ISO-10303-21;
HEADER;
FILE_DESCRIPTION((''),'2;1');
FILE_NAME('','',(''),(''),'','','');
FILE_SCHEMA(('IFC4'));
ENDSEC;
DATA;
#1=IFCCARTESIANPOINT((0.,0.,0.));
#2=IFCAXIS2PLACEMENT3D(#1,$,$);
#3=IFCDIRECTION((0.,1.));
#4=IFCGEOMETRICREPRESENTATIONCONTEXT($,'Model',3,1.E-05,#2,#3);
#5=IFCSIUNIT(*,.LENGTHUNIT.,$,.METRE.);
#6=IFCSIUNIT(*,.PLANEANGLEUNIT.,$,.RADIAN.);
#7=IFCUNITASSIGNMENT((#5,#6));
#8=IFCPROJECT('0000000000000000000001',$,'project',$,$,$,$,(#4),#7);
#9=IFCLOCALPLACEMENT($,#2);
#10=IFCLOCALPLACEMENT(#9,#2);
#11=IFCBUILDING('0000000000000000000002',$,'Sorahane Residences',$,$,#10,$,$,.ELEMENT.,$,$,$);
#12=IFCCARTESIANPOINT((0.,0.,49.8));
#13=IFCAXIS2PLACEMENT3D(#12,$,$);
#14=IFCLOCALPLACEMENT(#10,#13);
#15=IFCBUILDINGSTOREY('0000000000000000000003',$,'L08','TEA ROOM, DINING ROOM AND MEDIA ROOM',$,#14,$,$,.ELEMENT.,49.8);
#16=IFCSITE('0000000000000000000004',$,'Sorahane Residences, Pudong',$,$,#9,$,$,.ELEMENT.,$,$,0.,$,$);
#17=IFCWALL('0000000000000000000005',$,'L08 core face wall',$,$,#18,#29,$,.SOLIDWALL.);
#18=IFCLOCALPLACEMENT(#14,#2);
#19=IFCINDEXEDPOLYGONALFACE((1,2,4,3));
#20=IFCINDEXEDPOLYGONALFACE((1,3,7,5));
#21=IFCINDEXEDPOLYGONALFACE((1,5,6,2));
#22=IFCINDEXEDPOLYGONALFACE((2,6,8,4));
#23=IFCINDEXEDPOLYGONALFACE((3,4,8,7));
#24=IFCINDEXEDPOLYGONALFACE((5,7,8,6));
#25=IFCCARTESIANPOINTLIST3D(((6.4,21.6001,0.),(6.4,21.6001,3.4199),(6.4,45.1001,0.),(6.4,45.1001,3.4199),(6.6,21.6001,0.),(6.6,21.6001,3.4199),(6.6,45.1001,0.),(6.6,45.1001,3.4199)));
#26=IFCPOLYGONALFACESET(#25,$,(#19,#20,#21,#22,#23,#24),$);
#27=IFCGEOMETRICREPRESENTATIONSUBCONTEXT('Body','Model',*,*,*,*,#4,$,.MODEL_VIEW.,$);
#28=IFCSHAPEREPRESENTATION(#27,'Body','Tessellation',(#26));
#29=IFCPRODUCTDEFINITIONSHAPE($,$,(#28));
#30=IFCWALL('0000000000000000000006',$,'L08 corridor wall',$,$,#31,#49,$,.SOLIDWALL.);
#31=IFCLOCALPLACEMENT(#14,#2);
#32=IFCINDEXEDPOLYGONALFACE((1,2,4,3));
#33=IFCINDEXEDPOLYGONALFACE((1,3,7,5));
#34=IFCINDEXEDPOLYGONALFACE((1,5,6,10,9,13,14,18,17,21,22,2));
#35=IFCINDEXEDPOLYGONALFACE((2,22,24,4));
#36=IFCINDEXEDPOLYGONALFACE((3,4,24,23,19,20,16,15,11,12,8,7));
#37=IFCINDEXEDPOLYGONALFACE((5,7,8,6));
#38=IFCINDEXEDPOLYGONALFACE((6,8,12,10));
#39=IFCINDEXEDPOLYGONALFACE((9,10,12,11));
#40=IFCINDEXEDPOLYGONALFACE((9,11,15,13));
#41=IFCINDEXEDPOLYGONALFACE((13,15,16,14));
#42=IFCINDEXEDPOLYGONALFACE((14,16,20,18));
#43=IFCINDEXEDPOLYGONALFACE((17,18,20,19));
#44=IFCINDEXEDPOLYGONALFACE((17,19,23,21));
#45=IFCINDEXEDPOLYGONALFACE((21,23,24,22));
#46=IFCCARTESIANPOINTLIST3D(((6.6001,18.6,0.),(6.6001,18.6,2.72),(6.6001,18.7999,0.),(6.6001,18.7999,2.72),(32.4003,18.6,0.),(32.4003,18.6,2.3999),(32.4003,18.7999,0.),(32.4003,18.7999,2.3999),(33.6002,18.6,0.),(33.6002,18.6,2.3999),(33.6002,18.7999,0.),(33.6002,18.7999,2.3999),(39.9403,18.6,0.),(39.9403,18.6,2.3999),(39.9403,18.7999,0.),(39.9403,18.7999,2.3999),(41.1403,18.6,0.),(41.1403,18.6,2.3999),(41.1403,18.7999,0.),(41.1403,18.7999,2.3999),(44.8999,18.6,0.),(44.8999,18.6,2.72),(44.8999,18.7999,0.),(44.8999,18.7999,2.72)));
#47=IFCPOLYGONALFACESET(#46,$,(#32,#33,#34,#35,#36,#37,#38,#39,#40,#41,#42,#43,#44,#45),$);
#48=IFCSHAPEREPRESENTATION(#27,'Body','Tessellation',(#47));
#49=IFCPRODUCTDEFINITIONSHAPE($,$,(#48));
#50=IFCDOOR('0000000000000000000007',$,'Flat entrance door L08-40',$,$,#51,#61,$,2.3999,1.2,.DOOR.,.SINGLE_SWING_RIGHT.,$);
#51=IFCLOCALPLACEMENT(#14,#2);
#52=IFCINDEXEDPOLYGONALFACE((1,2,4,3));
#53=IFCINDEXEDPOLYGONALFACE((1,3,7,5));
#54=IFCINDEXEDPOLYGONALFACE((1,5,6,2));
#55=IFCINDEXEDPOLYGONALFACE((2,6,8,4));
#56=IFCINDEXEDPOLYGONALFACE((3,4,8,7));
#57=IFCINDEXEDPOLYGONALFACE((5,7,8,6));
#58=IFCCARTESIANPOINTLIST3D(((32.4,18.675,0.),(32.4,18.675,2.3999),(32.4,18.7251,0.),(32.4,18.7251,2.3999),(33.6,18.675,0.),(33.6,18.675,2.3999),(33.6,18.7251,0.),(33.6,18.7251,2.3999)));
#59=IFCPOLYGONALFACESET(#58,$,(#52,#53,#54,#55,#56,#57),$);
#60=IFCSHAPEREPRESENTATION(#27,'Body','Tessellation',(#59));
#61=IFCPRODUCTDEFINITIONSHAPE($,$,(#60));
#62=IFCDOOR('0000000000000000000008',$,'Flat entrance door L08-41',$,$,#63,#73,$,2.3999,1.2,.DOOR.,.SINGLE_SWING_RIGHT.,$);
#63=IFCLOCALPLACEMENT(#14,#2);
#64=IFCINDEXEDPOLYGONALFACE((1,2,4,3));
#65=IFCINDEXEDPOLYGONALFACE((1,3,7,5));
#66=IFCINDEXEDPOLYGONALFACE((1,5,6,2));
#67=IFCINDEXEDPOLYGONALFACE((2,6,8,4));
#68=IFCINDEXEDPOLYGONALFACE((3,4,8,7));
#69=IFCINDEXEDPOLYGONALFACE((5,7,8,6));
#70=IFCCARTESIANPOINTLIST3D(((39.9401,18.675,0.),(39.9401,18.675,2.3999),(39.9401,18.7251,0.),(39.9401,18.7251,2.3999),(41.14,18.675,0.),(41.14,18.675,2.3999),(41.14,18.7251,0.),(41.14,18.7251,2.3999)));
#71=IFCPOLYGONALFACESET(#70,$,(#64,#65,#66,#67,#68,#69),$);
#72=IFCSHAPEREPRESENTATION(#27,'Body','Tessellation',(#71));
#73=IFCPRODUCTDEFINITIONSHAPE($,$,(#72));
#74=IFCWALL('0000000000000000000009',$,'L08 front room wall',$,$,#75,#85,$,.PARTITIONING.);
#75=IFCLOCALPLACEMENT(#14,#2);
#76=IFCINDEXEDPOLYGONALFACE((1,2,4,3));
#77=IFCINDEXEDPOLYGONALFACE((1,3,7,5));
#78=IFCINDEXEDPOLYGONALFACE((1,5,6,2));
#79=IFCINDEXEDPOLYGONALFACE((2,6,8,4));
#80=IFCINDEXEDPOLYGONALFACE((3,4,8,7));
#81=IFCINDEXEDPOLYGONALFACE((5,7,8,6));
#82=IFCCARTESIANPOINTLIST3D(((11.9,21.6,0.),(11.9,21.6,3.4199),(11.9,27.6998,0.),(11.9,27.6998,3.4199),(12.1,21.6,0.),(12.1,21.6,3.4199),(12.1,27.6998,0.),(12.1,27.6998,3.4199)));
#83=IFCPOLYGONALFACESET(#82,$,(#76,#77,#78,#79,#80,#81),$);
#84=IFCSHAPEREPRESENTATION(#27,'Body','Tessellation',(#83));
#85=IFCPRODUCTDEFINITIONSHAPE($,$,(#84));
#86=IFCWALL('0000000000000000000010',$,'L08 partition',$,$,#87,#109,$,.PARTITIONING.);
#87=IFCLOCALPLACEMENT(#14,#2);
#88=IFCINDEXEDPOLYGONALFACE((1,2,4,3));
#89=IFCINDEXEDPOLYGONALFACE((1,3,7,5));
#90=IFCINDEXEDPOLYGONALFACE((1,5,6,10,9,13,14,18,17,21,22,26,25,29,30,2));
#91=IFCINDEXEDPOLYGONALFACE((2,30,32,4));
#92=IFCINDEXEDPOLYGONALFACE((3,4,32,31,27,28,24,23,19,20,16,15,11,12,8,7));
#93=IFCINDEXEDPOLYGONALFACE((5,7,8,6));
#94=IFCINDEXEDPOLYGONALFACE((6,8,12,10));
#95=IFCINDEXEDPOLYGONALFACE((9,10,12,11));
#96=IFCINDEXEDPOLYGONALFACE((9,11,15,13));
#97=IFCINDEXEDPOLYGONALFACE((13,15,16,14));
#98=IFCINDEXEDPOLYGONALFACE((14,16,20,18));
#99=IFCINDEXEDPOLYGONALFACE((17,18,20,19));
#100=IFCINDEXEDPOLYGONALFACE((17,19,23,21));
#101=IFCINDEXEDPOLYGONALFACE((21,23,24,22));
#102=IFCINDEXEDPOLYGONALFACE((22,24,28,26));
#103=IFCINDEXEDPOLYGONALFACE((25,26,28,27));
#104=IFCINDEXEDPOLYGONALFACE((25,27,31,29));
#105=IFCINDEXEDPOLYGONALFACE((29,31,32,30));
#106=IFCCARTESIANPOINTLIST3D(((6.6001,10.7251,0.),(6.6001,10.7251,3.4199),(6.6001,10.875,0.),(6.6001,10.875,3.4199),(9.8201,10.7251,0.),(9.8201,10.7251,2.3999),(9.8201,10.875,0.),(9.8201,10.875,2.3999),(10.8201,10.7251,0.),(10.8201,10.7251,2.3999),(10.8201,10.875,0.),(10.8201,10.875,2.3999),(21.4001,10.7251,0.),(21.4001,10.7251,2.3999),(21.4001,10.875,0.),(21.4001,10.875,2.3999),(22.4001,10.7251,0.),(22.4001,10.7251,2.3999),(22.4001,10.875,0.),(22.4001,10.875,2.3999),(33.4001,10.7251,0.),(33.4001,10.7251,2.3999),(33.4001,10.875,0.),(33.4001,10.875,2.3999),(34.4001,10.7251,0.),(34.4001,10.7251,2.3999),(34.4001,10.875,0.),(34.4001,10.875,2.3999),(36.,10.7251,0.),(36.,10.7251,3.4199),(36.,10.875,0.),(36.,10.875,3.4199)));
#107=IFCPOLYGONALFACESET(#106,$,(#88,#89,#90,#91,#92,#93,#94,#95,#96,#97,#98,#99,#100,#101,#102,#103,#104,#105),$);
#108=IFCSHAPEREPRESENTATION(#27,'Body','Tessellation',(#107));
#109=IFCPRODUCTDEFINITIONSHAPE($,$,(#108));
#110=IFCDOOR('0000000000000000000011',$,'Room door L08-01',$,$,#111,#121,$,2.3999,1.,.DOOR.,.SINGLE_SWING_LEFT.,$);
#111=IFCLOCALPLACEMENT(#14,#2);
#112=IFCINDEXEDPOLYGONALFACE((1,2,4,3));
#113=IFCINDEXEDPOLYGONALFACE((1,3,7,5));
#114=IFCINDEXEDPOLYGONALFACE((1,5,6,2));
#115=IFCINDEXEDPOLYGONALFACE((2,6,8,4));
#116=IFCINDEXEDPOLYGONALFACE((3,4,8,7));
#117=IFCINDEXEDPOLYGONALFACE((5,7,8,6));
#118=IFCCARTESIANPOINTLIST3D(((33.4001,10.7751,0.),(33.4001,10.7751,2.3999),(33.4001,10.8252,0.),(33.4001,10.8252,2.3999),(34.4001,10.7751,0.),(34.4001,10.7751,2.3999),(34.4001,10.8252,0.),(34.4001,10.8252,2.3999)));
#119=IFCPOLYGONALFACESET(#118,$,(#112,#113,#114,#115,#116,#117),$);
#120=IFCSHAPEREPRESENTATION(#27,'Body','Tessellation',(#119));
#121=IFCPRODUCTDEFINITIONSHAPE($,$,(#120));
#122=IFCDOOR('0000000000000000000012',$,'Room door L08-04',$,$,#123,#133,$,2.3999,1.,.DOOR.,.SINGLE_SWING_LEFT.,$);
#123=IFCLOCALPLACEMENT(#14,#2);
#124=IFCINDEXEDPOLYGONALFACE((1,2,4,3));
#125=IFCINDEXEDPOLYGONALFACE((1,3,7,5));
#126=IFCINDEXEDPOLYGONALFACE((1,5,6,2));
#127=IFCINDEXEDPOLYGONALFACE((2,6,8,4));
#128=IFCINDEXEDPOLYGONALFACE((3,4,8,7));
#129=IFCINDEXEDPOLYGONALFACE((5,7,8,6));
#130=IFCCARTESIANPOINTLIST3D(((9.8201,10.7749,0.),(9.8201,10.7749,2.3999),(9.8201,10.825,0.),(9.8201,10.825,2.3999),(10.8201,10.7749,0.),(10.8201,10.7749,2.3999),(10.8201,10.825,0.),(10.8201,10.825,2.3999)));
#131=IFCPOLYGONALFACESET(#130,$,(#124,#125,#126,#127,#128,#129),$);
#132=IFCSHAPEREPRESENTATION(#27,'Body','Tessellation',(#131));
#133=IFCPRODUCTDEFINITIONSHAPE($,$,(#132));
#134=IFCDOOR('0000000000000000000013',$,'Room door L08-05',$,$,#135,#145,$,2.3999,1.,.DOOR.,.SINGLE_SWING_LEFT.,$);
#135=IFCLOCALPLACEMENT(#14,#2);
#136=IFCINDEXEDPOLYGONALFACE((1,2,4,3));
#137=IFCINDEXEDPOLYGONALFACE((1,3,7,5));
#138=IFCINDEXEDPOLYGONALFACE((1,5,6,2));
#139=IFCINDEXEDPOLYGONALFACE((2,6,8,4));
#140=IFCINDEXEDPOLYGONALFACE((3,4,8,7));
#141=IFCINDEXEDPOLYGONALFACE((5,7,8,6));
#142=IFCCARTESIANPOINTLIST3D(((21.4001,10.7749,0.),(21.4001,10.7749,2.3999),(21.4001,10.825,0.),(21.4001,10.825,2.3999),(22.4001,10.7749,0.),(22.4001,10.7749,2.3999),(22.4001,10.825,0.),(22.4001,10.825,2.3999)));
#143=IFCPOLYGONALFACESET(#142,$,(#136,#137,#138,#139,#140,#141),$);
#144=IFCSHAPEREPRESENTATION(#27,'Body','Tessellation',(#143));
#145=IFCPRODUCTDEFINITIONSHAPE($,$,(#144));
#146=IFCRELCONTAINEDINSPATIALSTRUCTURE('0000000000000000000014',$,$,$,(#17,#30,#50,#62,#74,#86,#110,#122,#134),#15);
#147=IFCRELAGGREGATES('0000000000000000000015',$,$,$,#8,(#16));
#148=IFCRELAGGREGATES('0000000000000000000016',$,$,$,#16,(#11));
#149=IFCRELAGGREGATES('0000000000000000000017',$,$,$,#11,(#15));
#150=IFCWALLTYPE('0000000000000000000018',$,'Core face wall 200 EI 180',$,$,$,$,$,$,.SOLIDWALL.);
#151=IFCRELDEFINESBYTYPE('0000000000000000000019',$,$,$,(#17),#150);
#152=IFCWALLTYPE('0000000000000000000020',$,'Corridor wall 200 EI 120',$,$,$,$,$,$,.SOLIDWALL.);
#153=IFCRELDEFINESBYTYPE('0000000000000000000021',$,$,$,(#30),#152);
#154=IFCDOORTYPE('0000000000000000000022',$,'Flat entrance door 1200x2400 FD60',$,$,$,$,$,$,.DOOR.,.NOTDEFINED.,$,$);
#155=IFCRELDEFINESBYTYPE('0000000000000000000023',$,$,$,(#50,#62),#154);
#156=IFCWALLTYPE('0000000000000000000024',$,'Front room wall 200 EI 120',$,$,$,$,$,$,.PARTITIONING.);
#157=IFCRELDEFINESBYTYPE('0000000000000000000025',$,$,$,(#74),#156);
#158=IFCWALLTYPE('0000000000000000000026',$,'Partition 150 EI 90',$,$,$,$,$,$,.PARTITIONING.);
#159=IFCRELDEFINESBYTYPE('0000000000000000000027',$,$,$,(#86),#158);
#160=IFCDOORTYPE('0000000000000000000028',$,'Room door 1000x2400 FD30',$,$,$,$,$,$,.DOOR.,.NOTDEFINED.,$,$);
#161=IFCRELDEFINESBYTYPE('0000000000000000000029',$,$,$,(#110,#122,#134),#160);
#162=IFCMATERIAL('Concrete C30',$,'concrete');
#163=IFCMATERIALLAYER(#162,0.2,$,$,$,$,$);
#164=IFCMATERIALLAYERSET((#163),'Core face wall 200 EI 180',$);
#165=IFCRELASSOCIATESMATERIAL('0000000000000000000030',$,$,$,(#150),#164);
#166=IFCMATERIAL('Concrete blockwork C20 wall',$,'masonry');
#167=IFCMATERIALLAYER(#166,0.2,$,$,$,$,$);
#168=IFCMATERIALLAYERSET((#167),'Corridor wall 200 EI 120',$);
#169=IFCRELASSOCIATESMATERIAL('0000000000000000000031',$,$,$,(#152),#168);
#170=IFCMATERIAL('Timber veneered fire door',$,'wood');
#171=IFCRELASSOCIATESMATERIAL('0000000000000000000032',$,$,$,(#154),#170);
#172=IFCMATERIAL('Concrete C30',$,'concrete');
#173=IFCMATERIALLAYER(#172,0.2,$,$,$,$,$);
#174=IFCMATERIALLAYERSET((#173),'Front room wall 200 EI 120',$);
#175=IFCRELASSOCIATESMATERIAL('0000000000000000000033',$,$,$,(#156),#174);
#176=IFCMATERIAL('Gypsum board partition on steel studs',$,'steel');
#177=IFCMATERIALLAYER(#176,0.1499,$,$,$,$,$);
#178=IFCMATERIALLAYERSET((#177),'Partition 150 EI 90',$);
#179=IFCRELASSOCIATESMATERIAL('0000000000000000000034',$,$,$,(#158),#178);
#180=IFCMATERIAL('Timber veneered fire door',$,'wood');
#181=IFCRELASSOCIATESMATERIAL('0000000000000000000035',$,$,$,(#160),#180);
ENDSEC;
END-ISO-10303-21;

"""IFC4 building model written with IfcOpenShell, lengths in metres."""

from ifc_helpers import new_model, si_unit, direction, frame, frame_2d, origin, place, context, subcontext, project, spatial, rectangle, extrude, material, layer, layer_set, type_object, element, fill, save


model = new_model("IFC4")

# Units and contexts
model_context = context("Model", 3, precision=1e-05, world=origin(), true_north=direction((0.0, 1.0)))
body_context = subcontext(model_context, "Body", "Model", "MODEL_VIEW")
ifc_project = project(units=[si_unit("LENGTHUNIT", "METRE"), si_unit("PLANEANGLEUNIT", "RADIAN")], contexts=[model_context])

# Site, building, storey
site_placement = place(None, origin())
site = spatial("IfcSite", under=ifc_project, at=site_placement, Name="Sorahane Residences, Pudong", CompositionType="ELEMENT", RefElevation=0.0)
building_placement = place(site_placement, origin())
building = spatial("IfcBuilding", under=site, at=building_placement, Name="Sorahane Residences", CompositionType="ELEMENT")
storey_placement = place(building_placement, frame((0.0, 0.0, 49.8)))
storey = spatial("IfcBuildingStorey", under=building, at=storey_placement, Name="L08", Description="TEA ROOM, DINING ROOM AND MEDIA ROOM", CompositionType="ELEMENT", Elevation=49.8)

# Wall
ifc_material_1 = material(Name="Concrete C30", Category="concrete")
ifc_layer_1 = layer(ifc_material_1, 0.2)
ifc_layer_set_1 = layer_set([ifc_layer_1], Name="Core face wall 200 EI 180")
wall_type_1 = type_object("IfcWallType", Name="Core face wall 200 EI 180", PredefinedType="SOLIDWALL", material=ifc_layer_set_1)
wall_1_placement = place(storey_placement, frame((6.5, 21.6001, 0.0), z_axis=(0.0, 0.0, 1.0), x_axis=(0.0, 1.0, 0.0)))
element("IfcWall", 1, at=wall_1_placement, inside=storey, type_object=wall_type_1, Name="L08 core face wall", PredefinedType="SOLIDWALL", context=body_context, shape_type="SweptSolid", body=[
    extrude(rectangle(XDim=23.5, YDim=0.2, at=frame_2d((11.75, 0.0))), origin(), (0.0, 0.0, 1.0), 3.4199),
])

# Wall, openings, doors
ifc_material_2 = material(Name="Concrete blockwork C20 wall", Category="masonry")
ifc_layer_2 = layer(ifc_material_2, 0.2)
ifc_layer_set_2 = layer_set([ifc_layer_2], Name="Corridor wall 200 EI 120")
wall_type_2 = type_object("IfcWallType", Name="Corridor wall 200 EI 120", PredefinedType="SOLIDWALL", material=ifc_layer_set_2)
wall_2_placement = place(storey_placement, frame((6.6001, 18.7, 0.0), z_axis=(0.0, 0.0, 1.0), x_axis=(1.0, 0.0, 0.0)))
wall_2 = element("IfcWall", 2, at=wall_2_placement, inside=storey, type_object=wall_type_2, Name="L08 corridor wall", PredefinedType="SOLIDWALL", context=body_context, shape_type="SweptSolid", body=[
    extrude(rectangle(XDim=38.2998, YDim=0.2, at=frame_2d((19.1499, 0.0))), origin(), (0.0, 0.0, 1.0), 2.72),
])
opening_1_placement = place(wall_2_placement, frame((25.8, 0.0, 0.0)))
opening_1 = element("IfcOpeningElement", 3, at=opening_1_placement, cuts=wall_2, PredefinedType="OPENING", context=body_context, shape_type="SweptSolid", body=[
    extrude(rectangle(XDim=1.2, YDim=2.3999, at=frame_2d((0.6001, 1.2))), frame((0.0, 0.1099, 0.0), z_axis=(0.0, -1.0, 0.0), x_axis=(1.0, 0.0, 0.0)), (0.0, 0.0, 1.0), 0.22),
])
opening_2_placement = place(wall_2_placement, frame((33.3401, 0.0, 0.0)))
opening_2 = element("IfcOpeningElement", 4, at=opening_2_placement, cuts=wall_2, PredefinedType="OPENING", context=body_context, shape_type="SweptSolid", body=[
    extrude(rectangle(XDim=1.2, YDim=2.3999, at=frame_2d((0.6001, 1.2))), frame((0.0, 0.1099, 0.0), z_axis=(0.0, -1.0, 0.0), x_axis=(1.0, 0.0, 0.0)), (0.0, 0.0, 1.0), 0.22),
])
ifc_material_3 = material(Name="Timber veneered fire door", Category="wood")
door_type_1 = type_object("IfcDoorType", Name="Flat entrance door 1200x2400 FD60", OperationType="NOTDEFINED", PredefinedType="DOOR", material=ifc_material_3)
door_1_placement = place(opening_1_placement, frame((1.2, 0.0, 0.0), z_axis=(0.0, 0.0, 1.0), x_axis=(-1.0, 0.0, 0.0)))
door_1 = element("IfcDoor", 5, at=door_1_placement, inside=storey, type_object=door_type_1, Name="Flat entrance door L08-40", OperationType="SINGLE_SWING_RIGHT", OverallHeight=2.3999, OverallWidth=1.2, PredefinedType="DOOR", context=body_context, shape_type="SweptSolid", body=[
    extrude(rectangle(XDim=1.2, YDim=2.3999, at=frame_2d((0.6001, 1.2))), frame((0.0, 0.0249, 0.0), z_axis=(0.0, -1.0, 0.0), x_axis=(1.0, 0.0, 0.0)), (0.0, 0.0, 1.0), 0.05),
])
fill(opening_1, door_1)
door_2_placement = place(opening_2_placement, frame((1.2, 0.0, 0.0), z_axis=(0.0, 0.0, 1.0), x_axis=(-1.0, 0.0, 0.0)))
door_2 = element("IfcDoor", 6, at=door_2_placement, inside=storey, type_object=door_type_1, Name="Flat entrance door L08-41", OperationType="SINGLE_SWING_RIGHT", OverallHeight=2.3999, OverallWidth=1.2, PredefinedType="DOOR", context=body_context, shape_type="SweptSolid", body=[
    extrude(rectangle(XDim=1.2, YDim=2.3999, at=frame_2d((0.6001, 1.2))), frame((0.0, 0.0249, 0.0), z_axis=(0.0, -1.0, 0.0), x_axis=(1.0, 0.0, 0.0)), (0.0, 0.0, 1.0), 0.05),
])
fill(opening_2, door_2)

# Wall
ifc_material_4 = material(Name="Concrete C30", Category="concrete")
ifc_layer_3 = layer(ifc_material_4, 0.2)
ifc_layer_set_3 = layer_set([ifc_layer_3], Name="Front room wall 200 EI 120")
wall_type_3 = type_object("IfcWallType", Name="Front room wall 200 EI 120", PredefinedType="PARTITIONING", material=ifc_layer_set_3)
wall_3_placement = place(storey_placement, frame((12.0, 21.6001, 0.0), z_axis=(0.0, 0.0, 1.0), x_axis=(0.0, 1.0, 0.0)))
element("IfcWall", 7, at=wall_3_placement, inside=storey, type_object=wall_type_3, Name="L08 front room wall", PredefinedType="PARTITIONING", context=body_context, shape_type="SweptSolid", body=[
    extrude(rectangle(XDim=6.0999, YDim=0.2, at=frame_2d((3.0498, 0.0))), origin(), (0.0, 0.0, 1.0), 3.4199),
])

# Wall, openings, doors
ifc_material_5 = material(Name="Gypsum board partition on steel studs", Category="steel")
ifc_layer_4 = layer(ifc_material_5, 0.1499)
ifc_layer_set_4 = layer_set([ifc_layer_4], Name="Partition 150 EI 90")
wall_type_4 = type_object("IfcWallType", Name="Partition 150 EI 90", PredefinedType="PARTITIONING", material=ifc_layer_set_4)
wall_4_placement = place(storey_placement, frame((6.6001, 10.8, 0.0), z_axis=(0.0, 0.0, 1.0), x_axis=(1.0, 0.0, 0.0)))
wall_4 = element("IfcWall", 8, at=wall_4_placement, inside=storey, type_object=wall_type_4, Name="L08 partition", PredefinedType="PARTITIONING", context=body_context, shape_type="SweptSolid", body=[
    extrude(rectangle(XDim=29.3999, YDim=0.1499, at=frame_2d((14.7, 0.0))), origin(), (0.0, 0.0, 1.0), 3.4199),
])
opening_3_placement = place(wall_4_placement, frame((26.8, 0.0, 0.0)))
opening_3 = element("IfcOpeningElement", 9, at=opening_3_placement, cuts=wall_4, PredefinedType="OPENING", context=body_context, shape_type="SweptSolid", body=[
    extrude(rectangle(XDim=1.0, YDim=2.3999, at=frame_2d((0.5, 1.2))), frame((0.0, 0.085, 0.0), z_axis=(0.0, -1.0, 0.0), x_axis=(1.0, 0.0, 0.0)), (0.0, 0.0, 1.0), 0.1699),
])
opening_4_placement = place(wall_4_placement, frame((3.22, 0.0, 0.0)))
opening_4 = element("IfcOpeningElement", 10, at=opening_4_placement, cuts=wall_4, PredefinedType="OPENING", context=body_context, shape_type="SweptSolid", body=[
    extrude(rectangle(XDim=1.0, YDim=2.3999, at=frame_2d((0.5, 1.2))), frame((0.0, 0.085, 0.0), z_axis=(0.0, -1.0, 0.0), x_axis=(1.0, 0.0, 0.0)), (0.0, 0.0, 1.0), 0.1699),
])
opening_5_placement = place(wall_4_placement, frame((14.8, 0.0, 0.0)))
opening_5 = element("IfcOpeningElement", 11, at=opening_5_placement, cuts=wall_4, PredefinedType="OPENING", context=body_context, shape_type="SweptSolid", body=[
    extrude(rectangle(XDim=1.0, YDim=2.3999, at=frame_2d((0.5, 1.2))), frame((0.0, 0.085, 0.0), z_axis=(0.0, -1.0, 0.0), x_axis=(1.0, 0.0, 0.0)), (0.0, 0.0, 1.0), 0.1699),
])
ifc_material_6 = material(Name="Timber veneered fire door", Category="wood")
door_type_2 = type_object("IfcDoorType", Name="Room door 1000x2400 FD30", OperationType="NOTDEFINED", PredefinedType="DOOR", material=ifc_material_6)
door_3_placement = place(opening_3_placement, frame((1.0, 0.0, 0.0), z_axis=(0.0, 0.0, 1.0), x_axis=(-1.0, 0.0, 0.0)))
door_3 = element("IfcDoor", 12, at=door_3_placement, inside=storey, type_object=door_type_2, Name="Room door L08-01", OperationType="SINGLE_SWING_LEFT", OverallHeight=2.3999, OverallWidth=1.0, PredefinedType="DOOR", context=body_context, shape_type="SweptSolid", body=[
    extrude(rectangle(XDim=1.0, YDim=2.3999, at=frame_2d((0.5, 1.2))), frame((0.0, 0.0249, 0.0), z_axis=(0.0, -1.0, 0.0), x_axis=(1.0, 0.0, 0.0)), (0.0, 0.0, 1.0), 0.05),
])
fill(opening_3, door_3)
door_4_placement = place(opening_4_placement, origin())
door_4 = element("IfcDoor", 13, at=door_4_placement, inside=storey, type_object=door_type_2, Name="Room door L08-04", OperationType="SINGLE_SWING_LEFT", OverallHeight=2.3999, OverallWidth=1.0, PredefinedType="DOOR", context=body_context, shape_type="SweptSolid", body=[
    extrude(rectangle(XDim=1.0, YDim=2.3999, at=frame_2d((0.5, 1.2))), frame((0.0, 0.0249, 0.0), z_axis=(0.0, -1.0, 0.0), x_axis=(1.0, 0.0, 0.0)), (0.0, 0.0, 1.0), 0.05),
])
fill(opening_4, door_4)
door_5_placement = place(opening_5_placement, origin())
door_5 = element("IfcDoor", 14, at=door_5_placement, inside=storey, type_object=door_type_2, Name="Room door L08-05", OperationType="SINGLE_SWING_LEFT", OverallHeight=2.3999, OverallWidth=1.0, PredefinedType="DOOR", context=body_context, shape_type="SweptSolid", body=[
    extrude(rectangle(XDim=1.0, YDim=2.3999, at=frame_2d((0.5, 1.2))), frame((0.0, 0.0249, 0.0), z_axis=(0.0, -1.0, 0.0), x_axis=(1.0, 0.0, 0.0)), (0.0, 0.0, 1.0), 0.05),
])
fill(opening_5, door_5)

save(model, "model.ifc")
